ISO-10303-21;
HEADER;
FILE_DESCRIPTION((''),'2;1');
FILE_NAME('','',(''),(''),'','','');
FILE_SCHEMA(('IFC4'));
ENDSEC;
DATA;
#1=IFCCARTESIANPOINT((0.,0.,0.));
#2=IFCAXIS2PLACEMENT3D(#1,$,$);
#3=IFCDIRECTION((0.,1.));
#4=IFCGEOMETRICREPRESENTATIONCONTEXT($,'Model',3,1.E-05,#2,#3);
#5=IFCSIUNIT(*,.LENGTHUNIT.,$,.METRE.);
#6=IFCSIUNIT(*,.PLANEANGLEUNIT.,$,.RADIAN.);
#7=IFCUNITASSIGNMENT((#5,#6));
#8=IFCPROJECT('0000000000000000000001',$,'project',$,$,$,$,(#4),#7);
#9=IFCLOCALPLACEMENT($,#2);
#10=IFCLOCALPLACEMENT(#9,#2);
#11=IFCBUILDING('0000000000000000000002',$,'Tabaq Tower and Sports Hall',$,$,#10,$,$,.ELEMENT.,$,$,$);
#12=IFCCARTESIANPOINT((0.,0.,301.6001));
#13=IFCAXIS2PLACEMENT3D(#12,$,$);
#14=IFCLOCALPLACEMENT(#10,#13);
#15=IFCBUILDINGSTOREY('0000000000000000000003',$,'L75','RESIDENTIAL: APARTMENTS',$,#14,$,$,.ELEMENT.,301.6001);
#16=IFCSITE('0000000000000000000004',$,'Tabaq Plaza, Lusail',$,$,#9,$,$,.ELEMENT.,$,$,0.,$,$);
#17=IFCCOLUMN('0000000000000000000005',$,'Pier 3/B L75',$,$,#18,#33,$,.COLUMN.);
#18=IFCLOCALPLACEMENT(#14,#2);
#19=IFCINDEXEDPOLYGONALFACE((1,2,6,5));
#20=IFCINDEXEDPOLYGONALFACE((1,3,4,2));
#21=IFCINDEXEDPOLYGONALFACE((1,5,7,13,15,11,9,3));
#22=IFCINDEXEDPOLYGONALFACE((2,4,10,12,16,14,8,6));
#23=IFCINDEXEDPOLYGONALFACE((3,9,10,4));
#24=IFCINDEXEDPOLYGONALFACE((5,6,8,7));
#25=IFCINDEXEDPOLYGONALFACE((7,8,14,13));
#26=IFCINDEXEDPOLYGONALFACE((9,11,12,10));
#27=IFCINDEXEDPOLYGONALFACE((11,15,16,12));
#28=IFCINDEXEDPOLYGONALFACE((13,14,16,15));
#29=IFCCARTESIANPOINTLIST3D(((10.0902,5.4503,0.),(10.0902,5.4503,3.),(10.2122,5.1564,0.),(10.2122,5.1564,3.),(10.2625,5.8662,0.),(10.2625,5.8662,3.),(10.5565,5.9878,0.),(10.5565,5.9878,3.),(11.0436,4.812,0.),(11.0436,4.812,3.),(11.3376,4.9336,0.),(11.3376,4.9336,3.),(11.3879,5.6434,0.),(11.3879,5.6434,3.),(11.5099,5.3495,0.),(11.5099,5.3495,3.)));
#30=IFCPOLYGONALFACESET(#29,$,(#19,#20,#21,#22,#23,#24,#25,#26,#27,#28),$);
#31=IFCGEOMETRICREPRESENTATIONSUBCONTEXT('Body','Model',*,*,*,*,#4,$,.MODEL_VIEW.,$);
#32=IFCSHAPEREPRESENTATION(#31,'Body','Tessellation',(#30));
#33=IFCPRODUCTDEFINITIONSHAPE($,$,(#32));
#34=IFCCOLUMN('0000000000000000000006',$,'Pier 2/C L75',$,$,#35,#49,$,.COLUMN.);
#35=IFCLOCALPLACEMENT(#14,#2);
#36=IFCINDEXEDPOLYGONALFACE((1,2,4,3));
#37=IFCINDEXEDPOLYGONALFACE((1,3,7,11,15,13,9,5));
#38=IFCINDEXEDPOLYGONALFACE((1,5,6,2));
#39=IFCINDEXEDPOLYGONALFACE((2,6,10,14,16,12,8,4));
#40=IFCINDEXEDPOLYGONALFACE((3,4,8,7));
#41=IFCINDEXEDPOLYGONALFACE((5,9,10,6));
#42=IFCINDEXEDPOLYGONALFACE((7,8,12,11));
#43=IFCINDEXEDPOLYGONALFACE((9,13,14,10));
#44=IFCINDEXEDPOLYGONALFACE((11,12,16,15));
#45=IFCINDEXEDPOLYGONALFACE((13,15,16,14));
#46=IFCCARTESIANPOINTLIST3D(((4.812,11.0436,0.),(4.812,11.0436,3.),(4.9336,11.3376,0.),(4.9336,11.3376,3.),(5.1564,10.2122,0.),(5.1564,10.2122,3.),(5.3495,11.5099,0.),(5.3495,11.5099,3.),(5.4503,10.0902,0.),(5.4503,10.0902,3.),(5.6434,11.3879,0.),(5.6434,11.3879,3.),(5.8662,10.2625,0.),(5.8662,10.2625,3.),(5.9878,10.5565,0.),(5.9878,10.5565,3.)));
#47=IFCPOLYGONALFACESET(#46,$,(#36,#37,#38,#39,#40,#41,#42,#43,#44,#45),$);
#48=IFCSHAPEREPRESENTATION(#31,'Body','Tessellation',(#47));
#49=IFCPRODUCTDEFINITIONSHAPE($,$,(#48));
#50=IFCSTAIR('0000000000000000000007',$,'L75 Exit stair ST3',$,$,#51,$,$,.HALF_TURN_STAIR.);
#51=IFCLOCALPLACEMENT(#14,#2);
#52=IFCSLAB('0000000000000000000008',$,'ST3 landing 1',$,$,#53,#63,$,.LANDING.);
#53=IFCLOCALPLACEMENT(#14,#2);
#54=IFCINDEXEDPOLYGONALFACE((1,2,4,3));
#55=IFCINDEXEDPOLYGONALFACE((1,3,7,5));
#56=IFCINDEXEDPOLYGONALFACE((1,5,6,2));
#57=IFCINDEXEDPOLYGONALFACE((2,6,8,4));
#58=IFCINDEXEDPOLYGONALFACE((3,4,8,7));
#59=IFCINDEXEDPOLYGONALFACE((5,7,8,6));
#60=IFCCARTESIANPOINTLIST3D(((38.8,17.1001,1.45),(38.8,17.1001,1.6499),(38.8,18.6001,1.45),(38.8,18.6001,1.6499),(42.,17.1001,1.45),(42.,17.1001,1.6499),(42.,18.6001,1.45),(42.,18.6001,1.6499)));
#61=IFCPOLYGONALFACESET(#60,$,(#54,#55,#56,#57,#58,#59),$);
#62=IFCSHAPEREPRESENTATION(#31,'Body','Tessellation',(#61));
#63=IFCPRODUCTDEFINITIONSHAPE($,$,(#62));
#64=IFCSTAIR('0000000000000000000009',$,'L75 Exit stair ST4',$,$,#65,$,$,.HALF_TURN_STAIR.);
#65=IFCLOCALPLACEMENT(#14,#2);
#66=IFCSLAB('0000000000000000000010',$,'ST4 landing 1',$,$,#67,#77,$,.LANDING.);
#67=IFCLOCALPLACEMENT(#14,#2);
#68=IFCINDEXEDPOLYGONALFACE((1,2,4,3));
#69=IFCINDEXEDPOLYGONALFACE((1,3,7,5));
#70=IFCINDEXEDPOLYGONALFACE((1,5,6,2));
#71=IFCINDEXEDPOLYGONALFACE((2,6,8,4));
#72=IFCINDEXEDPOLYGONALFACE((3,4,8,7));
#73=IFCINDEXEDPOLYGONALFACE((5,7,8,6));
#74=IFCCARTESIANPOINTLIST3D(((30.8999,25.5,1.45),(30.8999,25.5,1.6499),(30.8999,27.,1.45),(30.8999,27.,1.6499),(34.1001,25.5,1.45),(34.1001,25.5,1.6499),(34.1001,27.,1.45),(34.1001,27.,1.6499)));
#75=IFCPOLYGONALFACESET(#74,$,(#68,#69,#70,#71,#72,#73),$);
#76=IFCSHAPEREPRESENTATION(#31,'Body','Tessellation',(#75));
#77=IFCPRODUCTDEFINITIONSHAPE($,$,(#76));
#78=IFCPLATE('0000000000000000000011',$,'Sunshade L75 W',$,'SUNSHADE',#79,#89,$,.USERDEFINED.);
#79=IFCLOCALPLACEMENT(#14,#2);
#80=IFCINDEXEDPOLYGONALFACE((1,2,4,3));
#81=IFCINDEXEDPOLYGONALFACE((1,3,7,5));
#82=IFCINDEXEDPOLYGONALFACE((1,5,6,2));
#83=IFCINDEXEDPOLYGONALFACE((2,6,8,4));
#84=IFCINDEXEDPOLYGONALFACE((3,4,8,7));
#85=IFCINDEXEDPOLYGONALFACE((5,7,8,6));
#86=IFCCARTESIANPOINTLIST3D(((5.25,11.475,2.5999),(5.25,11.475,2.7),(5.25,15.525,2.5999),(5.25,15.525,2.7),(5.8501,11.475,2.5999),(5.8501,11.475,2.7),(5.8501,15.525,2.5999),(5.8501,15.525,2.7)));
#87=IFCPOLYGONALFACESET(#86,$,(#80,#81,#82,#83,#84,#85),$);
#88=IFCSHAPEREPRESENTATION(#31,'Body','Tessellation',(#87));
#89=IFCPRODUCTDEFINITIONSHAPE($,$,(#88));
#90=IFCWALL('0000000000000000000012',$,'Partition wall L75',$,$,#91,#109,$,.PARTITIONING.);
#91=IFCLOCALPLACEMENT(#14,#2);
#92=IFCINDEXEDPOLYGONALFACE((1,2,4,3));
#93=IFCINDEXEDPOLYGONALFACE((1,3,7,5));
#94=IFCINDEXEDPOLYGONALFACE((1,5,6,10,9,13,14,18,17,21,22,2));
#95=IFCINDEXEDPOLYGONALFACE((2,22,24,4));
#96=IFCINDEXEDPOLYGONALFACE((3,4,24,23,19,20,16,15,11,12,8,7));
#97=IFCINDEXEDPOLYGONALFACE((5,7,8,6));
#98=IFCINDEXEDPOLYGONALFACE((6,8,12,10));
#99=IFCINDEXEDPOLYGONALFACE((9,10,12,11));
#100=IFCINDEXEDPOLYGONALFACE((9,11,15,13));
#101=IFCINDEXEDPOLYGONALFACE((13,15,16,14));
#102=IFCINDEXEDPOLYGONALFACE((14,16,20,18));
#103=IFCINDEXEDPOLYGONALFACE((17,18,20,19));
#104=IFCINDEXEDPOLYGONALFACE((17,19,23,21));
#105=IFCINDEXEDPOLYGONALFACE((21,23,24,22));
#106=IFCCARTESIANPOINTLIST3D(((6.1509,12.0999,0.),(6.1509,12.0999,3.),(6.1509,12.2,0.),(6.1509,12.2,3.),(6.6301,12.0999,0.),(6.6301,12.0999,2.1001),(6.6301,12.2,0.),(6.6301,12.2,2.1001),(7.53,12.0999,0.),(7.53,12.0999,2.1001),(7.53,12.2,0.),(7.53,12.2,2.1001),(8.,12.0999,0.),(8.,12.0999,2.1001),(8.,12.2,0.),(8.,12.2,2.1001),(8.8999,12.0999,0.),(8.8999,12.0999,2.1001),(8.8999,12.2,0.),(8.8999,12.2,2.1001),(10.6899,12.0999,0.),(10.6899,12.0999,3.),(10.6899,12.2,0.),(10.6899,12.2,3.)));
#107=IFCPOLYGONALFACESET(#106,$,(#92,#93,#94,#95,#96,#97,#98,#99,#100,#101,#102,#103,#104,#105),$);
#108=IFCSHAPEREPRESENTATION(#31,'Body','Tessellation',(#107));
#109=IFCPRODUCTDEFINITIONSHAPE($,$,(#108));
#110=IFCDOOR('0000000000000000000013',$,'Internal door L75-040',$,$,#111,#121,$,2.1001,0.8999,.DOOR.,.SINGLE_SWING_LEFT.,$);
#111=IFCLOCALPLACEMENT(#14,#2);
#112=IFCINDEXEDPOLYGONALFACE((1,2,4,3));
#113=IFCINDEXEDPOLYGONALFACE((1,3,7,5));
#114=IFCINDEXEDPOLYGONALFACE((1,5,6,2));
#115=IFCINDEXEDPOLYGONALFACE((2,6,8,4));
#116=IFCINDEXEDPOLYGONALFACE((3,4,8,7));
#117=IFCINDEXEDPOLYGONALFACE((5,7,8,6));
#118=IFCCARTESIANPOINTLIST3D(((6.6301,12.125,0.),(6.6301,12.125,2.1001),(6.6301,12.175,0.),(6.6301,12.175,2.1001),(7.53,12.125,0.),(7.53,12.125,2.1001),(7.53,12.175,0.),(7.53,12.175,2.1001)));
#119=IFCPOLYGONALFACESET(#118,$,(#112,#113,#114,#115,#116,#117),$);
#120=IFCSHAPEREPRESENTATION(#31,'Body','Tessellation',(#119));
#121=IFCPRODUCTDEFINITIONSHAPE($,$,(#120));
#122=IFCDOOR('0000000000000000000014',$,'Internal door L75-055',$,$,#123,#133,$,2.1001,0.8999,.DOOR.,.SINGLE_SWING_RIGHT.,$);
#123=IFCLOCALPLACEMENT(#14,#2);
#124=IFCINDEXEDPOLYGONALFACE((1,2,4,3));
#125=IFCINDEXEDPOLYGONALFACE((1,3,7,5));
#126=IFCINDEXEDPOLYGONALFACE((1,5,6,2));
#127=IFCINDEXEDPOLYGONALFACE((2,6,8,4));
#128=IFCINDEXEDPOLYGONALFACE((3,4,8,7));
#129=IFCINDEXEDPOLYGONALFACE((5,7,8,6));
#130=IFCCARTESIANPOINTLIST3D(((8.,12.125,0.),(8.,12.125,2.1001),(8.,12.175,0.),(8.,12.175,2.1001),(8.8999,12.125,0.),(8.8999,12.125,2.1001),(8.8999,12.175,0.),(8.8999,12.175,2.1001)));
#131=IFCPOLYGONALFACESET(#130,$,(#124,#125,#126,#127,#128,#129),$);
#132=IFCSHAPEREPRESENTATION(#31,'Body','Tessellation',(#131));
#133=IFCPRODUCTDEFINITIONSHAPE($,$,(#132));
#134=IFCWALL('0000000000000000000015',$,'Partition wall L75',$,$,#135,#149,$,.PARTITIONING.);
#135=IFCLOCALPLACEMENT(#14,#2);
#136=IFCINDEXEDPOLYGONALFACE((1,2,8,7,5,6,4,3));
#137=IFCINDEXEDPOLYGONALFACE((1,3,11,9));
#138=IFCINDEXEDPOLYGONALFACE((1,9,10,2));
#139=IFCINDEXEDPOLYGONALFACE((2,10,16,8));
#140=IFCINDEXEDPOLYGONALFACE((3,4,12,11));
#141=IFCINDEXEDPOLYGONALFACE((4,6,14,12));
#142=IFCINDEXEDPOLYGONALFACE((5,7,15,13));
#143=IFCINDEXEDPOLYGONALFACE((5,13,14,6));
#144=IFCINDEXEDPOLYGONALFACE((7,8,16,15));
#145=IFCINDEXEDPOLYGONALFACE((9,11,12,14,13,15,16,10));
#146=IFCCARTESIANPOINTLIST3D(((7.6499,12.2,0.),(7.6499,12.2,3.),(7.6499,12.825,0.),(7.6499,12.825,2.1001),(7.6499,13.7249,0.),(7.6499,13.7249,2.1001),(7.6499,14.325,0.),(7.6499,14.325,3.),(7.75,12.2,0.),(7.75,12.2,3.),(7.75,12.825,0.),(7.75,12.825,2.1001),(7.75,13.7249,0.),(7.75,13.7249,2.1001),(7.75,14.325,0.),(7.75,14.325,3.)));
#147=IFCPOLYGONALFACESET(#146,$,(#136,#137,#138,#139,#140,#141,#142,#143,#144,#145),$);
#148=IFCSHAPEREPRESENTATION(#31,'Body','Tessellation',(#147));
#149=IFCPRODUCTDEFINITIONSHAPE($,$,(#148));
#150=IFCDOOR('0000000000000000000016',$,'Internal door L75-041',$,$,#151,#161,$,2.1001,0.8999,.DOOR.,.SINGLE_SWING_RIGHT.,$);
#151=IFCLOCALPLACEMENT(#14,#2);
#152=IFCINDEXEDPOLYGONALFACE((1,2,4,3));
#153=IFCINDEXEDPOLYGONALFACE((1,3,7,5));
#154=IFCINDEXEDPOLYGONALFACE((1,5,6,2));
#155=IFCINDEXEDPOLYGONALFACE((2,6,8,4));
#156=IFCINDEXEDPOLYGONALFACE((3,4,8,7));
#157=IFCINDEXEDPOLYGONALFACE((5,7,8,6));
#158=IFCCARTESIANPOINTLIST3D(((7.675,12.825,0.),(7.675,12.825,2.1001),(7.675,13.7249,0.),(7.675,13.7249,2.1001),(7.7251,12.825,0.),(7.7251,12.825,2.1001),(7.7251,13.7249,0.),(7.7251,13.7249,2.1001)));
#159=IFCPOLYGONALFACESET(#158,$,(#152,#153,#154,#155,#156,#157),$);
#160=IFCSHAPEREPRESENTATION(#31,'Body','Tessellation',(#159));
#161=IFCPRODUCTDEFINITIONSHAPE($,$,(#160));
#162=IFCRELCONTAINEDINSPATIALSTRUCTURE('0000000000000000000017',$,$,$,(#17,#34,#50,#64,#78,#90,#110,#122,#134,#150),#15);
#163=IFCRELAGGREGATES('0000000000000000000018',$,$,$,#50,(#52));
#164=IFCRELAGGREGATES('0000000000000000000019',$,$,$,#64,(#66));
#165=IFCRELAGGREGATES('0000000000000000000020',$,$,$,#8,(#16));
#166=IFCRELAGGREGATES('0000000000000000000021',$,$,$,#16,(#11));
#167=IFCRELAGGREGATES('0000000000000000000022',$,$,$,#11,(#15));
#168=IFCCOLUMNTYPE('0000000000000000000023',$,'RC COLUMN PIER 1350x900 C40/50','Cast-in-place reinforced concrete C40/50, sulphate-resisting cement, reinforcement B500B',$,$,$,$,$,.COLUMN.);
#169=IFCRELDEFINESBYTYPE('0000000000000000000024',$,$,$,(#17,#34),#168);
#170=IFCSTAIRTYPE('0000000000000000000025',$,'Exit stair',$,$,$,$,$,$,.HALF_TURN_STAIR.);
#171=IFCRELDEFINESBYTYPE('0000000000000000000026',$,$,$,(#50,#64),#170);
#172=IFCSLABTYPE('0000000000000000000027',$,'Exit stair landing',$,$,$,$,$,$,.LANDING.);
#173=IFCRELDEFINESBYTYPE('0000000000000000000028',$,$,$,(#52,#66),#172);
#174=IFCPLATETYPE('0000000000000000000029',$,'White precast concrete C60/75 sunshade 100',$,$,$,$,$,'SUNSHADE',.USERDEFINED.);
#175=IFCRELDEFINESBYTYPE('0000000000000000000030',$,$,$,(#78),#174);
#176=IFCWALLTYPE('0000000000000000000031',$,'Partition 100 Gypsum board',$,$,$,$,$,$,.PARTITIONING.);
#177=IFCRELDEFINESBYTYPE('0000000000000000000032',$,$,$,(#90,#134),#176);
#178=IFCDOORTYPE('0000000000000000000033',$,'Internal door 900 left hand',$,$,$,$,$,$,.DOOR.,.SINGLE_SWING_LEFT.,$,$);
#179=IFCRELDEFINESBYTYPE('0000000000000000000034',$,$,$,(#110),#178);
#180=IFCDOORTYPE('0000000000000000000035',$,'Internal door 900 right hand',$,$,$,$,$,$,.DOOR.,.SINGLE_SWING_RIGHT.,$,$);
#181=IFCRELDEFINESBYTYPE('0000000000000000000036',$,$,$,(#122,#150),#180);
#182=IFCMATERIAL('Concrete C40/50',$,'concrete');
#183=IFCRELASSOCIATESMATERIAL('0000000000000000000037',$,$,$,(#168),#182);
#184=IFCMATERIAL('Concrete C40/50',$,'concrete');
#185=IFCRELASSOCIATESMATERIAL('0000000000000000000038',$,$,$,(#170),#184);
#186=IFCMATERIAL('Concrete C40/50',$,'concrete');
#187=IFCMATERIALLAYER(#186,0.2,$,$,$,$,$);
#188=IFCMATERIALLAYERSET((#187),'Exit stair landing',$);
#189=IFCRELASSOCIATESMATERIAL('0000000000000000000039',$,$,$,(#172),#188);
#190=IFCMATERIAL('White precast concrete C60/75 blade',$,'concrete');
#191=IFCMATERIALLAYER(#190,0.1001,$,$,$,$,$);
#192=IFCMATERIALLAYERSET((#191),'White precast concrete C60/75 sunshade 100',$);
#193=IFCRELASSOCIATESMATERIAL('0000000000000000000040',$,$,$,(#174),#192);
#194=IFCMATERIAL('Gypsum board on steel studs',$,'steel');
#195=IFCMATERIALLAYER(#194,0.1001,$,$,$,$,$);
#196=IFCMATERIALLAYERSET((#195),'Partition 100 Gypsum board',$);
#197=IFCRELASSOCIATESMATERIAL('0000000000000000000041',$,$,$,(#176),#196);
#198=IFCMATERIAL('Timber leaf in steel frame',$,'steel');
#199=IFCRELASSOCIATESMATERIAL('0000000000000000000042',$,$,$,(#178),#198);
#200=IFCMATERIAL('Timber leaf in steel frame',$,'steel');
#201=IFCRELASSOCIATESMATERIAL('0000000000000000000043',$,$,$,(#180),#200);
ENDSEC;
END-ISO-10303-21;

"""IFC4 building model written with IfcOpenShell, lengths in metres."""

from ifc_helpers import new_model, si_unit, direction, frame, frame_2d, origin, origin_2d, place, context, subcontext, project, spatial, polyline, rectangle, outline, extrude, material, layer, layer_set, material_profile, profile_set, type_object, element, fill, aggregate, save


model = new_model("IFC4")

# Units and contexts
model_context = context("Model", 3, precision=1e-05, world=origin(), true_north=direction((0.0, 1.0)))
body_context = subcontext(model_context, "Body", "Model", "MODEL_VIEW")
ifc_project = project(units=[si_unit("LENGTHUNIT", "METRE"), si_unit("PLANEANGLEUNIT", "RADIAN")], contexts=[model_context])

# Site, building, storey
site_placement = place(None, origin())
site = spatial("IfcSite", under=ifc_project, at=site_placement, Name="Tabaq Plaza, Lusail", CompositionType="ELEMENT", RefElevation=0.0)
building_placement = place(site_placement, origin())
building = spatial("IfcBuilding", under=site, at=building_placement, Name="Tabaq Tower and Sports Hall", CompositionType="ELEMENT")
storey_placement = place(building_placement, frame((0.0, 0.0, 301.6001)))
storey = spatial("IfcBuildingStorey", under=building, at=storey_placement, Name="L75", Description="RESIDENTIAL: APARTMENTS", CompositionType="ELEMENT", Elevation=301.6001)

# Columns
ifc_material_1 = material(Name="Concrete C40/50", Category="concrete")
ifc_material_profile = material_profile(ifc_material_1, outline(polyline([(-0.45, -0.45), (0.45, -0.45), (0.675, -0.2251), (0.675, 0.2251), (0.45, 0.45), (-0.45, 0.45), (-0.675, 0.2251), (-0.675, -0.2251), (-0.45, -0.45)])), Name="PIER 1350x900")
ifc_profile_set = profile_set([ifc_material_profile], Name="Concrete C40/50")
column_type = type_object("IfcColumnType", Name="RC COLUMN PIER 1350x900 C40/50", Description="Cast-in-place reinforced concrete C40/50, sulphate-resisting cement, reinforcement B500B", PredefinedType="COLUMN", material=ifc_profile_set)
for number, where, z_axis, x_axis, name in (
    (1, (10.8, 5.3999, 0.0), (0.0, 0.0, 1.0), (-0.92388, 0.382683, 0.0), "Pier 3/B L75"),
    (2, (5.3999, 10.8, 0.0), (0.0, 0.0, 1.0), (-0.382683, 0.92388, 0.0), "Pier 2/C L75"),
):
    element("IfcColumn", number, at=place(storey_placement, frame(where, z_axis=z_axis, x_axis=x_axis)), inside=storey, type_object=column_type, Name=name, PredefinedType="COLUMN", context=body_context, shape_type="SweptSolid", body=[
        extrude(outline(polyline([(-0.45, -0.45), (0.45, -0.45), (0.675, -0.2251), (0.675, 0.2251), (0.45, 0.45), (-0.45, 0.45), (-0.675, 0.2251), (-0.675, -0.2251), (-0.45, -0.45)])), origin(), (0.0, 0.0, 1.0), 3.0),
    ])

# Stairs, slabs
ifc_material_2 = material(Name="Concrete C40/50", Category="concrete")
stair_type = type_object("IfcStairType", Name="Exit stair", PredefinedType="HALF_TURN_STAIR", material=ifc_material_2)
stair_1_placement = place(storey_placement, origin())
stair_1 = element("IfcStair", 3, at=stair_1_placement, inside=storey, type_object=stair_type, Name="L75 Exit stair ST3", PredefinedType="HALF_TURN_STAIR")
ifc_material_3 = material(Name="Concrete C40/50", Category="concrete")
ifc_layer_1 = layer(ifc_material_3, 0.2)
ifc_layer_set_1 = layer_set([ifc_layer_1], Name="Exit stair landing")
slab_type = type_object("IfcSlabType", Name="Exit stair landing", PredefinedType="LANDING", material=ifc_layer_set_1)
slab_1_placement = place(storey_placement, frame((0.0, 0.0, 1.45)))
slab_1 = element("IfcSlab", 4, at=slab_1_placement, type_object=slab_type, Name="ST3 landing 1", PredefinedType="LANDING", context=body_context, shape_type="SweptSolid", body=[
    extrude(outline(polyline([(38.8, 18.6001), (38.8, 17.1001), (42.0, 17.1001), (42.0, 18.6001), (38.8, 18.6001)])), origin(), (0.0, 0.0, 1.0), 0.2),
])
aggregate(stair_1, [slab_1])
stair_2_placement = place(storey_placement, origin())
stair_2 = element("IfcStair", 5, at=stair_2_placement, inside=storey, type_object=stair_type, Name="L75 Exit stair ST4", PredefinedType="HALF_TURN_STAIR")
slab_2_placement = place(storey_placement, frame((0.0, 0.0, 1.45)))
slab_2 = element("IfcSlab", 6, at=slab_2_placement, type_object=slab_type, Name="ST4 landing 1", PredefinedType="LANDING", context=body_context, shape_type="SweptSolid", body=[
    extrude(outline(polyline([(30.8999, 27.0), (30.8999, 25.5), (34.1001, 25.5), (34.1001, 27.0), (30.8999, 27.0)])), origin(), (0.0, 0.0, 1.0), 0.2),
])
aggregate(stair_2, [slab_2])

# Plate
ifc_material_4 = material(Name="White precast concrete C60/75 blade", Category="concrete")
ifc_layer_2 = layer(ifc_material_4, 0.1001)
ifc_layer_set_2 = layer_set([ifc_layer_2], Name="White precast concrete C60/75 sunshade 100")
plate_type = type_object("IfcPlateType", Name="White precast concrete C60/75 sunshade 100", ElementType="SUNSHADE", PredefinedType="USERDEFINED", material=ifc_layer_set_2)
plate_placement = place(storey_placement, frame((5.55, 13.5, 2.5999), z_axis=(0.0, 0.0, 1.0), x_axis=(0.0, -1.0, 0.0)))
element("IfcPlate", 7, at=plate_placement, inside=storey, type_object=plate_type, Name="Sunshade L75 W", ObjectType="SUNSHADE", PredefinedType="USERDEFINED", context=body_context, shape_type="SweptSolid", body=[
    extrude(rectangle(XDim=4.05, YDim=0.6001, at=origin_2d()), origin(), (0.0, 0.0, 1.0), 0.1001),
])

# Wall, openings, doors
ifc_material_5 = material(Name="Gypsum board on steel studs", Category="steel")
ifc_layer_3 = layer(ifc_material_5, 0.1001)
ifc_layer_set_3 = layer_set([ifc_layer_3], Name="Partition 100 Gypsum board")
wall_type_1 = type_object("IfcWallType", Name="Partition 100 Gypsum board", PredefinedType="PARTITIONING", material=ifc_layer_set_3)
wall_1_placement = place(storey_placement, frame((10.6899, 12.1499, 0.0), z_axis=(0.0, 0.0, 1.0), x_axis=(-1.0, 0.0, 0.0)))
wall_1 = element("IfcWall", 8, at=wall_1_placement, inside=storey, type_object=wall_type_1, Name="Partition wall L75", PredefinedType="PARTITIONING", context=body_context, shape_type="SweptSolid", body=[
    extrude(rectangle(XDim=4.5391, YDim=0.1001, at=frame_2d((2.2695, 0.0))), origin(), (0.0, 0.0, 1.0), 3.0),
])
opening_1_placement = place(wall_1_placement, frame((3.1599, 0.0, 0.0)))
opening_1 = element("IfcOpeningElement", 9, at=opening_1_placement, cuts=wall_1, PredefinedType="OPENING", context=body_context, shape_type="SweptSolid", body=[
    extrude(rectangle(XDim=0.8999, YDim=2.1001, at=frame_2d((0.45, 1.05))), frame((0.0, 0.05, 0.0), z_axis=(0.0, -1.0, 0.0), x_axis=(1.0, 0.0, 0.0)), (0.0, 0.0, 1.0), 0.1001),
])
opening_2_placement = place(wall_1_placement, frame((1.79, 0.0, 0.0)))
opening_2 = element("IfcOpeningElement", 10, at=opening_2_placement, cuts=wall_1, PredefinedType="OPENING", context=body_context, shape_type="SweptSolid", body=[
    extrude(rectangle(XDim=0.8999, YDim=2.1001, at=frame_2d((0.45, 1.05))), frame((0.0, 0.05, 0.0), z_axis=(0.0, -1.0, 0.0), x_axis=(1.0, 0.0, 0.0)), (0.0, 0.0, 1.0), 0.1001),
])
ifc_material_6 = material(Name="Timber leaf in steel frame", Category="steel")
door_type_1 = type_object("IfcDoorType", Name="Internal door 900 left hand", OperationType="SINGLE_SWING_LEFT", PredefinedType="DOOR", material=ifc_material_6)
door_1_placement = place(opening_1_placement, origin())
door_1 = element("IfcDoor", 11, at=door_1_placement, inside=storey, type_object=door_type_1, Name="Internal door L75-040", OperationType="SINGLE_SWING_LEFT", OverallHeight=2.1001, OverallWidth=0.8999, PredefinedType="DOOR", context=body_context, shape_type="SweptSolid", body=[
    extrude(rectangle(XDim=0.8999, YDim=2.1001, at=frame_2d((0.45, 1.05))), frame((0.0, 0.0249, 0.0), z_axis=(0.0, -1.0, 0.0), x_axis=(1.0, 0.0, 0.0)), (0.0, 0.0, 1.0), 0.05),
])
fill(opening_1, door_1)
ifc_material_7 = material(Name="Timber leaf in steel frame", Category="steel")
door_type_2 = type_object("IfcDoorType", Name="Internal door 900 right hand", OperationType="SINGLE_SWING_RIGHT", PredefinedType="DOOR", material=ifc_material_7)
door_2_placement = place(opening_2_placement, origin())
door_2 = element("IfcDoor", 12, at=door_2_placement, inside=storey, type_object=door_type_2, Name="Internal door L75-055", OperationType="SINGLE_SWING_RIGHT", OverallHeight=2.1001, OverallWidth=0.8999, PredefinedType="DOOR", context=body_context, shape_type="SweptSolid", body=[
    extrude(rectangle(XDim=0.8999, YDim=2.1001, at=frame_2d((0.45, 1.05))), frame((0.0, 0.0249, 0.0), z_axis=(0.0, -1.0, 0.0), x_axis=(1.0, 0.0, 0.0)), (0.0, 0.0, 1.0), 0.05),
])
fill(opening_2, door_2)

# Wall, opening, door
wall_2_placement = place(storey_placement, frame((7.7, 12.2, 0.0), z_axis=(0.0, 0.0, 1.0), x_axis=(0.0, 1.0, 0.0)))
wall_2 = element("IfcWall", 13, at=wall_2_placement, inside=storey, type_object=wall_type_1, Name="Partition wall L75", PredefinedType="PARTITIONING", context=body_context, shape_type="SweptSolid", body=[
    extrude(rectangle(XDim=2.125, YDim=0.1001, at=frame_2d((1.0625, 0.0))), origin(), (0.0, 0.0, 1.0), 3.0),
])
opening_3_placement = place(wall_2_placement, frame((0.625, 0.0, 0.0)))
opening_3 = element("IfcOpeningElement", 14, at=opening_3_placement, cuts=wall_2, PredefinedType="OPENING", context=body_context, shape_type="SweptSolid", body=[
    extrude(rectangle(XDim=0.8999, YDim=2.1001, at=frame_2d((0.45, 1.05))), frame((0.0, 0.05, 0.0), z_axis=(0.0, -1.0, 0.0), x_axis=(1.0, 0.0, 0.0)), (0.0, 0.0, 1.0), 0.1001),
])
door_3_placement = place(opening_3_placement, origin())
door_3 = element("IfcDoor", 15, at=door_3_placement, inside=storey, type_object=door_type_2, Name="Internal door L75-041", OperationType="SINGLE_SWING_RIGHT", OverallHeight=2.1001, OverallWidth=0.8999, PredefinedType="DOOR", context=body_context, shape_type="SweptSolid", body=[
    extrude(rectangle(XDim=0.8999, YDim=2.1001, at=frame_2d((0.45, 1.05))), frame((0.0, 0.0249, 0.0), z_axis=(0.0, -1.0, 0.0), x_axis=(1.0, 0.0, 0.0)), (0.0, 0.0, 1.0), 0.05),
])
fill(opening_3, door_3)

save(model, "model.ifc")
